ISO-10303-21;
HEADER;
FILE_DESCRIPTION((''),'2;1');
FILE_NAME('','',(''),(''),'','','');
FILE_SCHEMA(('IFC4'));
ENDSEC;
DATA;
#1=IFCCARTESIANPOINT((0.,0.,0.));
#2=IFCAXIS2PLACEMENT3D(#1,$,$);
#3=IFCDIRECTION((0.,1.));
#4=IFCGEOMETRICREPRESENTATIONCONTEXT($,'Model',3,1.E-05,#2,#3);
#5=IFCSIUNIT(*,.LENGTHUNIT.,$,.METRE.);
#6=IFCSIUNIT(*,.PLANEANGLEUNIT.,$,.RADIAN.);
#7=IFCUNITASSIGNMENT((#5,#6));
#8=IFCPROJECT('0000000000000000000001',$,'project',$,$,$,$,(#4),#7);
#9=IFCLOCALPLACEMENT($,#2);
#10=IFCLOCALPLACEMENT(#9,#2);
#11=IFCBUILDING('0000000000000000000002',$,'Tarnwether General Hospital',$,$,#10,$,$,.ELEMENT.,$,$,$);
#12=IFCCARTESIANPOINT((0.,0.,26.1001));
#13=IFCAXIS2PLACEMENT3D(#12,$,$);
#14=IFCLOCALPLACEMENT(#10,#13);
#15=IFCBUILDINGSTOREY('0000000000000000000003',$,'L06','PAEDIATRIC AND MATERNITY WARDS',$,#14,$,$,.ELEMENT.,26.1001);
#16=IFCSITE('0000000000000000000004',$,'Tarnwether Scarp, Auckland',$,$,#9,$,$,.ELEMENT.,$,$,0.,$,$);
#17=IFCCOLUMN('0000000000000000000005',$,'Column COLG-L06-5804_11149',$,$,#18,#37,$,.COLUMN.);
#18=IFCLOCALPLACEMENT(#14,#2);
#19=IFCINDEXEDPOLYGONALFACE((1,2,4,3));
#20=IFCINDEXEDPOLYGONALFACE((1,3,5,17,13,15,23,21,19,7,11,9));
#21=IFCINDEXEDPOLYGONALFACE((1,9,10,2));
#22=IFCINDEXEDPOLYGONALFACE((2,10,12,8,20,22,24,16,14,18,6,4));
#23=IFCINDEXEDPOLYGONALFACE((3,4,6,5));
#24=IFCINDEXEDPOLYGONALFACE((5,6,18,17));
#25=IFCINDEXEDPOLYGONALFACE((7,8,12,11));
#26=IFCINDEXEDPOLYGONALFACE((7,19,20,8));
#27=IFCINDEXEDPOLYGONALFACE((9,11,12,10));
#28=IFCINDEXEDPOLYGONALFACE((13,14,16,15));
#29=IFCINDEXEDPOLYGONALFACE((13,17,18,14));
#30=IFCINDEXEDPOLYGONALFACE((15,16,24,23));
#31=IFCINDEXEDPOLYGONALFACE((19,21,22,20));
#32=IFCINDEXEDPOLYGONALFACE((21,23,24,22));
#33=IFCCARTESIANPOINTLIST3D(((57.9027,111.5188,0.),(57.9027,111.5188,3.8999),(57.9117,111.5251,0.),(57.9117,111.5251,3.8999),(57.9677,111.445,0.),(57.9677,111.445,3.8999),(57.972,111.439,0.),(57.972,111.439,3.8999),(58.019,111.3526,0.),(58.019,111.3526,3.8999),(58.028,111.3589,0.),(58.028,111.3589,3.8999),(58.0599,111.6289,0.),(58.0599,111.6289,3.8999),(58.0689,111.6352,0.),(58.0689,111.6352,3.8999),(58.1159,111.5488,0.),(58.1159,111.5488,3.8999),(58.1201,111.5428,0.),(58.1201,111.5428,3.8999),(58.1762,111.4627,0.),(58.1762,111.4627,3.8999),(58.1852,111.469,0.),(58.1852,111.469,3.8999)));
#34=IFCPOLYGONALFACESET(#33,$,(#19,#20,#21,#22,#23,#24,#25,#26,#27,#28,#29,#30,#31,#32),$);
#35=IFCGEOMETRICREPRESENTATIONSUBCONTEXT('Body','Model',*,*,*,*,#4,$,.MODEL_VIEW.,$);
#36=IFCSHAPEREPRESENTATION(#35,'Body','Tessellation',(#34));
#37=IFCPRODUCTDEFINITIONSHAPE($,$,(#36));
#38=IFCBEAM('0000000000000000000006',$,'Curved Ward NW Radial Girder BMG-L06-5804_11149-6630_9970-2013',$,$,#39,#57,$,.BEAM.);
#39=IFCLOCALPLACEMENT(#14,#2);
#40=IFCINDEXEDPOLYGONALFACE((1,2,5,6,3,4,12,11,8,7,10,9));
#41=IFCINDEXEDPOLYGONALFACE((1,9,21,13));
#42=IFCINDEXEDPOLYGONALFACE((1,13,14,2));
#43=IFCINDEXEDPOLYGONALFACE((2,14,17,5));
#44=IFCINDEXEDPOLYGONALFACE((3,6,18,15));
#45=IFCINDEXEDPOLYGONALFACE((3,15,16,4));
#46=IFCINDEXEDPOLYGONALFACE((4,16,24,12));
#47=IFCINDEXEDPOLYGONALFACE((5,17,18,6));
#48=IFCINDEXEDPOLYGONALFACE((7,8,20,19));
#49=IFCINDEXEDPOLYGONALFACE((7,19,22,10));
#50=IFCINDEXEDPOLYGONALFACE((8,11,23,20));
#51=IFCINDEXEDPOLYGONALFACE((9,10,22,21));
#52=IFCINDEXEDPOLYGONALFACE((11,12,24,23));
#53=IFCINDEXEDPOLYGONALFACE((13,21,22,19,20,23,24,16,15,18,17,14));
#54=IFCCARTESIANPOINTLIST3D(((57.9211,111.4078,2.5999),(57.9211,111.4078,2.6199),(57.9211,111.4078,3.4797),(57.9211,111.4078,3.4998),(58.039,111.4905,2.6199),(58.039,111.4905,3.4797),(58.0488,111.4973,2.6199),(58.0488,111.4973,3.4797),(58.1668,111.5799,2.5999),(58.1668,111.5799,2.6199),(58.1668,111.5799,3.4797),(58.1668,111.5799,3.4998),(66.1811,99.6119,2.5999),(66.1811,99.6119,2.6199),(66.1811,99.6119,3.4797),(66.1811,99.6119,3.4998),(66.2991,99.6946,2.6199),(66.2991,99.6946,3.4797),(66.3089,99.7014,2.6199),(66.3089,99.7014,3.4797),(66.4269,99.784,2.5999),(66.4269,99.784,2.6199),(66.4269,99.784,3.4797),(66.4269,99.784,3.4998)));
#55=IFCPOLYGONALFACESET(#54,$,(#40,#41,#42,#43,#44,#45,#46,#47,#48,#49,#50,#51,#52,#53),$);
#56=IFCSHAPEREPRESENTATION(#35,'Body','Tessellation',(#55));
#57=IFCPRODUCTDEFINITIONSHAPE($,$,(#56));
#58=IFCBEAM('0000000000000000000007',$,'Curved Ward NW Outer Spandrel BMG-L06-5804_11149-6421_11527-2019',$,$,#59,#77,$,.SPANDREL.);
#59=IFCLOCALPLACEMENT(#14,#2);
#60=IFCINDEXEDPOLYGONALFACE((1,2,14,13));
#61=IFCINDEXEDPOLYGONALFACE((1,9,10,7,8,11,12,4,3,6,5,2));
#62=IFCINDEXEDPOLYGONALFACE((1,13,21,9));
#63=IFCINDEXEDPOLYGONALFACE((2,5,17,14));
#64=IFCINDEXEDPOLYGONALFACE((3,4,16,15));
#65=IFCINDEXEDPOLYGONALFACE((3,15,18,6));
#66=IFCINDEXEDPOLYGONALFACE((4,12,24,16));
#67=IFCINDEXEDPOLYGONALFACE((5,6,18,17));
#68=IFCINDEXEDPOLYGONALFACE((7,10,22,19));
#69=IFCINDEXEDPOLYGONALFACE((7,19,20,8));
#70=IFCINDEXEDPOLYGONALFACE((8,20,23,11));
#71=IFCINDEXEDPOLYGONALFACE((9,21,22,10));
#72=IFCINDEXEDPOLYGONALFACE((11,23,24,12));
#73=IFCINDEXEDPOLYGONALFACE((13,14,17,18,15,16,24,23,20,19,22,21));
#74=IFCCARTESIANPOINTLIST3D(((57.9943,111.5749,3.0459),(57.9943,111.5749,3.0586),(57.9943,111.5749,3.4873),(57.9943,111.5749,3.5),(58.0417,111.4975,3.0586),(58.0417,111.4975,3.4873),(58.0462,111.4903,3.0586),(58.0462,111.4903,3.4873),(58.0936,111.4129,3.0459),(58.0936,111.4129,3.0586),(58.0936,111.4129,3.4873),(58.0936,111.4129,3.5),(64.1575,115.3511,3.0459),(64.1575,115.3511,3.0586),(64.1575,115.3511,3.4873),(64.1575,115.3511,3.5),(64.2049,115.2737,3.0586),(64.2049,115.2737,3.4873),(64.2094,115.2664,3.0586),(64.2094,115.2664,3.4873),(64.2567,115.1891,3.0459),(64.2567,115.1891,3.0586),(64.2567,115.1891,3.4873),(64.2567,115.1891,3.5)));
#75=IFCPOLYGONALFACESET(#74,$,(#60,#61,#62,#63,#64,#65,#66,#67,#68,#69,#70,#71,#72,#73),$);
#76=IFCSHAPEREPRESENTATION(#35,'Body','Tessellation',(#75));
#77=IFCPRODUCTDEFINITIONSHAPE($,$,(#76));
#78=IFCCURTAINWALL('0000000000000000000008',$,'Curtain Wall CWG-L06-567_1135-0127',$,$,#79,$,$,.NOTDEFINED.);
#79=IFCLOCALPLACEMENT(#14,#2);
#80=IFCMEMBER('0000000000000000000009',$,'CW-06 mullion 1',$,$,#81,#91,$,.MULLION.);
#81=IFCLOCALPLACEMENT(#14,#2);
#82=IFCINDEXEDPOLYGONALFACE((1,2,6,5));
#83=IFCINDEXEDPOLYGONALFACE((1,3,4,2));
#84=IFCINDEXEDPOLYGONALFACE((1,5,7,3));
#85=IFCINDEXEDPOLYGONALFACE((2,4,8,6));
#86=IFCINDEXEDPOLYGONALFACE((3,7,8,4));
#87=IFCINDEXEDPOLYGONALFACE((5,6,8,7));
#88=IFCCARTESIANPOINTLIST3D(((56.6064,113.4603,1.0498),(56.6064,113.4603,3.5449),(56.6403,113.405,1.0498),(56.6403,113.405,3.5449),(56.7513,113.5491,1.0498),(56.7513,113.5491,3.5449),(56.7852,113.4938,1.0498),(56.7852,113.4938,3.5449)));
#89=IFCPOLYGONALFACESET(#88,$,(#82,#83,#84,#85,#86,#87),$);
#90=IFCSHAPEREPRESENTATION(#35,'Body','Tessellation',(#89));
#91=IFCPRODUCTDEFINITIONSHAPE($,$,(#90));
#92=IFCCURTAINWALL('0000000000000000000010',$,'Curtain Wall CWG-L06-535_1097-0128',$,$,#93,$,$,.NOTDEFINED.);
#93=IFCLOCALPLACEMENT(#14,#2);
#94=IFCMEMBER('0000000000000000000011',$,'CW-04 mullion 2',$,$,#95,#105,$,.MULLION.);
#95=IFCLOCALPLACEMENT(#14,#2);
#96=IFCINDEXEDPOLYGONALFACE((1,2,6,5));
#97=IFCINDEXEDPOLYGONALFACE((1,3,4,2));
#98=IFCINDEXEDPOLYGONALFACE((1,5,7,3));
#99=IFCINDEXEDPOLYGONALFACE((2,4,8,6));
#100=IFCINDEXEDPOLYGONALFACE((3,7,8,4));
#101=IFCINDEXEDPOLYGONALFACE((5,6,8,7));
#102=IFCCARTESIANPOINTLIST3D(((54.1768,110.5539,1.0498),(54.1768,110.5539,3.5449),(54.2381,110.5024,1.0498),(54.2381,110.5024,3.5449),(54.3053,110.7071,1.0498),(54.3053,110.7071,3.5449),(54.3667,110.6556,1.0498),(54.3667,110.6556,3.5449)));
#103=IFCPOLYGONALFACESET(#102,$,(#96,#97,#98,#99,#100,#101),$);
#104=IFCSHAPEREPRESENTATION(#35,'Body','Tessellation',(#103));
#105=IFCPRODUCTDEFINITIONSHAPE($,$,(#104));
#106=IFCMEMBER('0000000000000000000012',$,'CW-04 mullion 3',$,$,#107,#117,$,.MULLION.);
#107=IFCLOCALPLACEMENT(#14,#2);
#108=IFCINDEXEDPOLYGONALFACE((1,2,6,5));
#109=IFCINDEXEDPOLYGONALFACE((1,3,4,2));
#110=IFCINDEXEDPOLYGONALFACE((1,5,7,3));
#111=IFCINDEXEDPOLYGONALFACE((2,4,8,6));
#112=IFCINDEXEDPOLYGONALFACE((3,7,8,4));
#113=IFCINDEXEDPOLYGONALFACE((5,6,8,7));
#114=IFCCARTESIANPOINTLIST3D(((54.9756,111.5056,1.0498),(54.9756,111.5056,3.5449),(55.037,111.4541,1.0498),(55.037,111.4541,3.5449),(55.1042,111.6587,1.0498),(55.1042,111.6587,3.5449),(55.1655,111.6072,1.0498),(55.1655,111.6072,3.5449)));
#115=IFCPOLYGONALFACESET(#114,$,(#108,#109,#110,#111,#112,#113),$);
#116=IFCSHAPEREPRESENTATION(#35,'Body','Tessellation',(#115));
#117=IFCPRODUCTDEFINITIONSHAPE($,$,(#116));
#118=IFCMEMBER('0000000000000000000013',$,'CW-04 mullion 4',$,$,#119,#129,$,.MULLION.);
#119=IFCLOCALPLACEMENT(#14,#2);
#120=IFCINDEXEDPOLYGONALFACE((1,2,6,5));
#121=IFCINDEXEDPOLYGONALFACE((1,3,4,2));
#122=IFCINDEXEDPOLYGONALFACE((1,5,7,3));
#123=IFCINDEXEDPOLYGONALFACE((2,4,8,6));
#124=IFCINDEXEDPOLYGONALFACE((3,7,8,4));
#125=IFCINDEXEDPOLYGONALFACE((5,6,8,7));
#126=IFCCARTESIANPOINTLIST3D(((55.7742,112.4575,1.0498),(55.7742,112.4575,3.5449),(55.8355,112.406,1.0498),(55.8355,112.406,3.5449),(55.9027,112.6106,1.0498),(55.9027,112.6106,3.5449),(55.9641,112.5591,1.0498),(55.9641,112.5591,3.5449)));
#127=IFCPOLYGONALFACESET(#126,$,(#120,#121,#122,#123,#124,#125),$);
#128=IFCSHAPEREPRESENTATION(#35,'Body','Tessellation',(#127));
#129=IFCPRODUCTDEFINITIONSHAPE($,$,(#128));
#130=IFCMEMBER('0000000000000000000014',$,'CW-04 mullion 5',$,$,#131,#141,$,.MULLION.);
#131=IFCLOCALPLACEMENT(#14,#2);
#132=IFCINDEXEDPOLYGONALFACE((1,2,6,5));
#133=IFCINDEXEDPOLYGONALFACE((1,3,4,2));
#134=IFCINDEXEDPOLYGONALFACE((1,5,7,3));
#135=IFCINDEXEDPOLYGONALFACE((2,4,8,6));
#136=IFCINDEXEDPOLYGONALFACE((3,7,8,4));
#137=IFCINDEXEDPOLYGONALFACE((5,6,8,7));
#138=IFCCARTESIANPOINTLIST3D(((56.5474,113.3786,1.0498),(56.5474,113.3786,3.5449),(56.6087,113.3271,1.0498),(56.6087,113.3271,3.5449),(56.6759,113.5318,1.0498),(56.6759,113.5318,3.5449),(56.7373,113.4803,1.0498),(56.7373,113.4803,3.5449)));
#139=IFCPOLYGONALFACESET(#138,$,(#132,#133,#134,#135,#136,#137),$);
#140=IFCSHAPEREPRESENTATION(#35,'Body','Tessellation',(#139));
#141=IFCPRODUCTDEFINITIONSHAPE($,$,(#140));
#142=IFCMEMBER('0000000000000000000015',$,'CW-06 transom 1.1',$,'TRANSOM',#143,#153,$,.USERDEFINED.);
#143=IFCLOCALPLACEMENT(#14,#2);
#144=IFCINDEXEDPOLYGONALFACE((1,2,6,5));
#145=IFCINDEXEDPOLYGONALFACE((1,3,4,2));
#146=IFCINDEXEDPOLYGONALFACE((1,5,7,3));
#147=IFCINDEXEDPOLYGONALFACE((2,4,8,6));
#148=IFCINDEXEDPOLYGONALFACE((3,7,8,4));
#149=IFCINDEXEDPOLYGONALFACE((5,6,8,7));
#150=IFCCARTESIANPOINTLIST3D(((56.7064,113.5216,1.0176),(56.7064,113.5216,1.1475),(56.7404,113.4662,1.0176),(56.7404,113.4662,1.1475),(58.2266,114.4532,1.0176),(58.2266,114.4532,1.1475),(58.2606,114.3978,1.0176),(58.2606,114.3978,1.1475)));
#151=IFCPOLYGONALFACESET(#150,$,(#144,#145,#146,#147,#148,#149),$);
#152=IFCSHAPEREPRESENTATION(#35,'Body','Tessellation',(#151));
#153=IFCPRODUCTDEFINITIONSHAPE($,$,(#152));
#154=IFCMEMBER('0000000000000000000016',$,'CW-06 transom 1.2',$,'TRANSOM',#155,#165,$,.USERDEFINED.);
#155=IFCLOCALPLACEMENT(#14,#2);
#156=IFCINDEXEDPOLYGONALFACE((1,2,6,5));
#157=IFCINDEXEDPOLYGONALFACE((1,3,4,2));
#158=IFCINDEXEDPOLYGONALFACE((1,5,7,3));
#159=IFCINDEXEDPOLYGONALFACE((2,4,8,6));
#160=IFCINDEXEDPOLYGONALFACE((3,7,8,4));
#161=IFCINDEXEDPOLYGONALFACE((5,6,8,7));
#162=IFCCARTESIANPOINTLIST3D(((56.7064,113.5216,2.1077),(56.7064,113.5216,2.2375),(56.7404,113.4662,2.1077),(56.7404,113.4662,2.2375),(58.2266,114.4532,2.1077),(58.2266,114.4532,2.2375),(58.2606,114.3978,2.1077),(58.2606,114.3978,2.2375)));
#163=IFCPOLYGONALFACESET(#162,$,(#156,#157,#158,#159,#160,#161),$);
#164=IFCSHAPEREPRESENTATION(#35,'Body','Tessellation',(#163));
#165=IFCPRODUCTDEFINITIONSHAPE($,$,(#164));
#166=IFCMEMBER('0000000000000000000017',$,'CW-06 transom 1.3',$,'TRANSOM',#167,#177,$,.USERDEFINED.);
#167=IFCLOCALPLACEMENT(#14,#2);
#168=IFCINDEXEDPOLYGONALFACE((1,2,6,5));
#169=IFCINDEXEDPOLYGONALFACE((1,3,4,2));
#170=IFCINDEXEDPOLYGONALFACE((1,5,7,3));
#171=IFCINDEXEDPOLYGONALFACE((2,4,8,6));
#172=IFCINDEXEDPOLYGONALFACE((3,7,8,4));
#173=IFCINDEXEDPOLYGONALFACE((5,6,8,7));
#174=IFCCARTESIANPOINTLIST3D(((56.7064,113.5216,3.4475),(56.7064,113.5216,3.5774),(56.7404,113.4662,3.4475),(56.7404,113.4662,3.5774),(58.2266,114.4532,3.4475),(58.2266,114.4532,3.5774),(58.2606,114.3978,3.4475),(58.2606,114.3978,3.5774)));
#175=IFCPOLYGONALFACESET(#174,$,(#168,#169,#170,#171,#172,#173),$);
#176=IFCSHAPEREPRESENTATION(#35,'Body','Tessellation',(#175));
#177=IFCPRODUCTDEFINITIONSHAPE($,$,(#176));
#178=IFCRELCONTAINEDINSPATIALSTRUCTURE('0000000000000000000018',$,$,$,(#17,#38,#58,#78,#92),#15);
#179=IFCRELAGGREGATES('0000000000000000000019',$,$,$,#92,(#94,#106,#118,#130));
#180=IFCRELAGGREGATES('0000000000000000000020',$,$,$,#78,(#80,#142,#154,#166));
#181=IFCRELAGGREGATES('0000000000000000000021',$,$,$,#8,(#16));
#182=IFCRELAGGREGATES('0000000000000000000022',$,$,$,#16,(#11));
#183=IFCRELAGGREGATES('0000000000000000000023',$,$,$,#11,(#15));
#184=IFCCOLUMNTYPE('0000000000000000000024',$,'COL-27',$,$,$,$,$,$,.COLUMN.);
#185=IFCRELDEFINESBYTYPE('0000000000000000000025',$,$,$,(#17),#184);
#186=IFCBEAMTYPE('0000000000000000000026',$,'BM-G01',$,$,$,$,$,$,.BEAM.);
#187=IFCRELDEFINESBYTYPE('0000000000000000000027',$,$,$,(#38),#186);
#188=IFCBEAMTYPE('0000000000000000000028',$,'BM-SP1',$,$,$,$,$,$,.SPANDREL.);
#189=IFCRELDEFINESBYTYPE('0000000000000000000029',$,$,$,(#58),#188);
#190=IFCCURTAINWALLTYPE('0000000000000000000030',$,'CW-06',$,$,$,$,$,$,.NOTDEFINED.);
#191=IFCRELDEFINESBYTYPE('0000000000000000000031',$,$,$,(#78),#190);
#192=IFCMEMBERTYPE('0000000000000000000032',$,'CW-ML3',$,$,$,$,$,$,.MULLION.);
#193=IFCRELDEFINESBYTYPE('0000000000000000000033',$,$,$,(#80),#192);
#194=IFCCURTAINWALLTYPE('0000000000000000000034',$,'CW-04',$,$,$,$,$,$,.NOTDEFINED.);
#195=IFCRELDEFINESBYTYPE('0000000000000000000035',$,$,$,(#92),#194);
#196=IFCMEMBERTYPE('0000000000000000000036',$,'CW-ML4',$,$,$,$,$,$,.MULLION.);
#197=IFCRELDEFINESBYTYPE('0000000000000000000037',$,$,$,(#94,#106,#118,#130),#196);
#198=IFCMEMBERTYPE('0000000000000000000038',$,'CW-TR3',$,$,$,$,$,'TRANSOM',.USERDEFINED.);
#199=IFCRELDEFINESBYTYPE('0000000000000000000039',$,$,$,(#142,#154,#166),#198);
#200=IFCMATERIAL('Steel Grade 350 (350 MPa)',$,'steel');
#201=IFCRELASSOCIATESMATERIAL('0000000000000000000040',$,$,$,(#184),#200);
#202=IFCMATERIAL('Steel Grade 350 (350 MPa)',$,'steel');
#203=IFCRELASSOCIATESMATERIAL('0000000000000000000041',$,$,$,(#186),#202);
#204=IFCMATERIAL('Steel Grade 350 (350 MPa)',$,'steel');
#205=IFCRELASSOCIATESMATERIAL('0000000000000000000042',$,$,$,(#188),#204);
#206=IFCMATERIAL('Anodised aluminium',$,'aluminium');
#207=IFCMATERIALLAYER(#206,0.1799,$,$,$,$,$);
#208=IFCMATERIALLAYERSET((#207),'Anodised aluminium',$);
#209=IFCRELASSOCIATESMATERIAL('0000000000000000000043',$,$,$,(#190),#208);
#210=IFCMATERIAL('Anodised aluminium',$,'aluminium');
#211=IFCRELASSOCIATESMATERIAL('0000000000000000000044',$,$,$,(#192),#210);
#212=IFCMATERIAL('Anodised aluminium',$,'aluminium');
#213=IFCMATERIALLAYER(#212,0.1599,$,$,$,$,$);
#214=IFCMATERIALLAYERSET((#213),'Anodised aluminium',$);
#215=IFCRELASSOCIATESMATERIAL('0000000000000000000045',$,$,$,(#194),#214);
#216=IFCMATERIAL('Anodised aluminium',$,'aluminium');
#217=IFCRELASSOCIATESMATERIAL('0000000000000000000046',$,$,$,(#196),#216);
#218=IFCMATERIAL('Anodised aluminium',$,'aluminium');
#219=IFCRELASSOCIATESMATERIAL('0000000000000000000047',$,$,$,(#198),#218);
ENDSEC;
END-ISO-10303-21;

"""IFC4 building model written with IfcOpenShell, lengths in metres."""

from ifc_helpers import new_model, si_unit, direction, frame, origin, origin_2d, place, context, subcontext, project, spatial, rectangle, i_section, extrude, material, layer, layer_set, material_profile, profile_set, type_object, element, aggregate, save


model = new_model("IFC4")

# Units and contexts
model_context = context("Model", 3, precision=1e-05, world=origin(), true_north=direction((0.0, 1.0)))
body_context = subcontext(model_context, "Body", "Model", "MODEL_VIEW")
ifc_project = project(units=[si_unit("LENGTHUNIT", "METRE"), si_unit("PLANEANGLEUNIT", "RADIAN")], contexts=[model_context])

# Site, building, storey
site_placement = place(None, origin())
site = spatial("IfcSite", under=ifc_project, at=site_placement, Name="Tarnwether Scarp, Auckland", CompositionType="ELEMENT", RefElevation=0.0)
building_placement = place(site_placement, origin())
building = spatial("IfcBuilding", under=site, at=building_placement, Name="Tarnwether General Hospital", CompositionType="ELEMENT")
storey_placement = place(building_placement, frame((0.0, 0.0, 26.1001)))
storey = spatial("IfcBuildingStorey", under=building, at=storey_placement, Name="L06", Description="PAEDIATRIC AND MATERNITY WARDS", CompositionType="ELEMENT", Elevation=26.1001)

# Column
ifc_material_1 = material(Name="Steel Grade 350 (350 MPa)", Category="steel")
ifc_material_profile_1 = material_profile(ifc_material_1, i_section(OverallWidth=0.2029, OverallDepth=0.2029, WebThickness=0.0073, FlangeThickness=0.011, at=origin_2d()), Name="200UC46.2")
ifc_profile_set_1 = profile_set([ifc_material_profile_1], Name="Steel Grade 350 (350 MPa)")
column_type = type_object("IfcColumnType", Name="COL-27", PredefinedType="COLUMN", material=ifc_profile_set_1)
column_placement = place(storey_placement, frame((58.0439, 111.4939, 0.0), z_axis=(0.0, 0.0, 1.0), x_axis=(-0.573576, 0.819152, 0.0)))
element("IfcColumn", 1, at=column_placement, inside=storey, type_object=column_type, Name="Column COLG-L06-5804_11149", PredefinedType="COLUMN", context=body_context, shape_type="SweptSolid", body=[
    extrude(i_section(OverallWidth=0.2029, OverallDepth=0.2029, WebThickness=0.0073, FlangeThickness=0.011, at=origin_2d()), origin(), (0.0, 0.0, 1.0), 3.8999),
])

# Beams
ifc_material_2 = material(Name="Steel Grade 350 (350 MPa)", Category="steel")
ifc_material_profile_2 = material_profile(ifc_material_2, i_section(OverallWidth=0.3, OverallDepth=0.8999, WebThickness=0.012, FlangeThickness=0.02, at=origin_2d()), Name="900WB175")
ifc_profile_set_2 = profile_set([ifc_material_profile_2], Name="Steel Grade 350 (350 MPa)")
beam_type_1 = type_object("IfcBeamType", Name="BM-G01", PredefinedType="BEAM", material=ifc_profile_set_2)
beam_1_placement = place(storey_placement, frame((58.0439, 111.4939, 3.0498), z_axis=(0.573597, -0.819138, 0.0), x_axis=(0.819138, 0.573597, 0.0)))
element("IfcBeam", 2, at=beam_1_placement, inside=storey, type_object=beam_type_1, Name="Curved Ward NW Radial Girder BMG-L06-5804_11149-6630_9970-2013", PredefinedType="BEAM", context=body_context, shape_type="SweptSolid", body=[
    extrude(i_section(OverallWidth=0.3, OverallDepth=0.8999, WebThickness=0.012, FlangeThickness=0.02, at=origin_2d()), origin(), (0.0, 0.0, 1.0), 14.4004),
])
ifc_material_3 = material(Name="Steel Grade 350 (350 MPa)", Category="steel")
ifc_material_profile_3 = material_profile(ifc_material_3, i_section(OverallWidth=0.1899, OverallDepth=0.4541, WebThickness=0.0085, FlangeThickness=0.0127, at=origin_2d()), Name="460UB67.1")
ifc_profile_set_3 = profile_set([ifc_material_profile_3], Name="Steel Grade 350 (350 MPa)")
beam_type_2 = type_object("IfcBeamType", Name="BM-SP1", PredefinedType="SPANDREL", material=ifc_profile_set_3)
beam_2_placement = place(storey_placement, frame((58.0439, 111.4939, 3.2729), z_axis=(0.852678, 0.522436, 0.0), x_axis=(-0.522436, 0.852678, 0.0)))
element("IfcBeam", 3, at=beam_2_placement, inside=storey, type_object=beam_type_2, Name="Curved Ward NW Outer Spandrel BMG-L06-5804_11149-6421_11527-2019", PredefinedType="SPANDREL", context=body_context, shape_type="SweptSolid", body=[
    extrude(i_section(OverallWidth=0.1899, OverallDepth=0.4541, WebThickness=0.0085, FlangeThickness=0.0127, at=origin_2d()), origin(), (0.0, 0.0, 1.0), 7.228),
])

# Curtain wall, member
ifc_material_4 = material(Name="Anodised aluminium", Category="aluminium")
ifc_layer_1 = layer(ifc_material_4, 0.1799)
ifc_layer_set_1 = layer_set([ifc_layer_1], Name="Anodised aluminium")
curtain_wall_type_1 = type_object("IfcCurtainWallType", Name="CW-06", PredefinedType="NOTDEFINED", material=ifc_layer_set_1)
curtain_wall_1_placement = place(storey_placement, origin())
curtain_wall_1 = element("IfcCurtainWall", 4, at=curtain_wall_1_placement, inside=storey, type_object=curtain_wall_type_1, Name="Curtain Wall CWG-L06-567_1135-0127", PredefinedType="NOTDEFINED")
ifc_material_5 = material(Name="Anodised aluminium", Category="aluminium")
ifc_material_profile_4 = material_profile(ifc_material_5, rectangle(XDim=0.0649, YDim=0.1699, at=origin_2d()), Name="ALU-MUL-65x170")
ifc_profile_set_4 = profile_set([ifc_material_profile_4], Name="Anodised aluminium")
member_type_1 = type_object("IfcMemberType", Name="CW-ML3", PredefinedType="MULLION", material=ifc_profile_set_4)
member_1_placement = place(storey_placement, frame((56.6958, 113.4771, 1.0498), z_axis=(0.0, 0.0, 1.0), x_axis=(-0.522509, 0.852634, 0.0)))
member_1 = element("IfcMember", 5, at=member_1_placement, type_object=member_type_1, Name="CW-06 mullion 1", PredefinedType="MULLION", context=body_context, shape_type="SweptSolid", body=[
    extrude(rectangle(XDim=0.0649, YDim=0.1699, at=origin_2d()), origin(), (0.0, 0.0, 1.0), 2.4951),
])

# Curtain wall, members
ifc_material_6 = material(Name="Anodised aluminium", Category="aluminium")
ifc_layer_2 = layer(ifc_material_6, 0.1599)
ifc_layer_set_2 = layer_set([ifc_layer_2], Name="Anodised aluminium")
curtain_wall_type_2 = type_object("IfcCurtainWallType", Name="CW-04", PredefinedType="NOTDEFINED", material=ifc_layer_set_2)
curtain_wall_2_placement = place(storey_placement, origin())
curtain_wall_2 = element("IfcCurtainWall", 6, at=curtain_wall_2_placement, inside=storey, type_object=curtain_wall_type_2, Name="Curtain Wall CWG-L06-535_1097-0128", PredefinedType="NOTDEFINED")
ifc_material_7 = material(Name="Anodised aluminium", Category="aluminium")
ifc_material_profile_5 = material_profile(ifc_material_7, rectangle(XDim=0.0801, YDim=0.2, at=origin_2d()), Name="ALU-MUL-80x200")
ifc_profile_set_5 = profile_set([ifc_material_profile_5], Name="Anodised aluminium")
member_type_2 = type_object("IfcMemberType", Name="CW-ML4", PredefinedType="MULLION", material=ifc_profile_set_5)
member_2_placement = place(storey_placement, frame((54.2717, 110.6047, 1.0498), z_axis=(0.0, 0.0, 1.0), x_axis=(-0.76599, 0.642852, 0.0)))
member_2 = element("IfcMember", 7, at=member_2_placement, type_object=member_type_2, Name="CW-04 mullion 2", PredefinedType="MULLION", context=body_context, shape_type="SweptSolid", body=[
    extrude(rectangle(XDim=0.0801, YDim=0.2, at=origin_2d()), origin(), (0.0, 0.0, 1.0), 2.4951),
])
member_3_placement = place(storey_placement, frame((55.0706, 111.5564, 1.0498), z_axis=(0.0, 0.0, 1.0), x_axis=(-0.76599, 0.642852, 0.0)))
member_3 = element("IfcMember", 8, at=member_3_placement, type_object=member_type_2, Name="CW-04 mullion 3", PredefinedType="MULLION", context=body_context, shape_type="SweptSolid", body=[
    extrude(rectangle(XDim=0.0801, YDim=0.2, at=origin_2d()), origin(), (0.0, 0.0, 1.0), 2.4951),
])
member_4_placement = place(storey_placement, frame((55.8691, 112.5083, 1.0498), z_axis=(0.0, 0.0, 1.0), x_axis=(-0.76599, 0.642852, 0.0)))
member_4 = element("IfcMember", 9, at=member_4_placement, type_object=member_type_2, Name="CW-04 mullion 4", PredefinedType="MULLION", context=body_context, shape_type="SweptSolid", body=[
    extrude(rectangle(XDim=0.0801, YDim=0.2, at=origin_2d()), origin(), (0.0, 0.0, 1.0), 2.4951),
])
member_5_placement = place(storey_placement, frame((56.6423, 113.4294, 1.0498), z_axis=(0.0, 0.0, 1.0), x_axis=(-0.76599, 0.642852, 0.0)))
member_5 = element("IfcMember", 10, at=member_5_placement, type_object=member_type_2, Name="CW-04 mullion 5", PredefinedType="MULLION", context=body_context, shape_type="SweptSolid", body=[
    extrude(rectangle(XDim=0.0801, YDim=0.2, at=origin_2d()), origin(), (0.0, 0.0, 1.0), 2.4951),
])

# Members
ifc_material_8 = material(Name="Anodised aluminium", Category="aluminium")
ifc_material_profile_6 = material_profile(ifc_material_8, rectangle(XDim=0.0649, YDim=0.1299, at=origin_2d()), Name="ALU-TRN-65x130")
ifc_profile_set_6 = profile_set([ifc_material_profile_6], Name="Anodised aluminium")
member_type_3 = type_object("IfcMemberType", Name="CW-TR3", ElementType="TRANSOM", PredefinedType="USERDEFINED", material=ifc_profile_set_6)
member_6_placement = place(storey_placement, frame((56.7234, 113.4939, 1.0825), z_axis=(0.852635, 0.522507, 0.0), x_axis=(-0.522507, 0.852635, 0.0)))
member_6 = element("IfcMember", 11, at=member_6_placement, type_object=member_type_3, Name="CW-06 transom 1.1", ObjectType="TRANSOM", PredefinedType="USERDEFINED", context=body_context, shape_type="SweptSolid", body=[
    extrude(rectangle(XDim=0.0649, YDim=0.1299, at=origin_2d()), origin(), (0.0, 0.0, 1.0), 1.783),
])
member_7_placement = place(storey_placement, frame((56.7234, 113.4939, 2.1726), z_axis=(0.852635, 0.522507, 0.0), x_axis=(-0.522507, 0.852635, 0.0)))
member_7 = element("IfcMember", 12, at=member_7_placement, type_object=member_type_3, Name="CW-06 transom 1.2", ObjectType="TRANSOM", PredefinedType="USERDEFINED", context=body_context, shape_type="SweptSolid", body=[
    extrude(rectangle(XDim=0.0649, YDim=0.1299, at=origin_2d()), origin(), (0.0, 0.0, 1.0), 1.783),
])
member_8_placement = place(storey_placement, frame((56.7234, 113.4939, 3.5125), z_axis=(0.852635, 0.522507, 0.0), x_axis=(-0.522507, 0.852635, 0.0)))
member_8 = element("IfcMember", 13, at=member_8_placement, type_object=member_type_3, Name="CW-06 transom 1.3", ObjectType="TRANSOM", PredefinedType="USERDEFINED", context=body_context, shape_type="SweptSolid", body=[
    extrude(rectangle(XDim=0.0649, YDim=0.1299, at=origin_2d()), origin(), (0.0, 0.0, 1.0), 1.783),
])

aggregate(curtain_wall_2, [member_2, member_3, member_4, member_5])
aggregate(curtain_wall_1, [member_1, member_6, member_7, member_8])

save(model, "model.ifc")
